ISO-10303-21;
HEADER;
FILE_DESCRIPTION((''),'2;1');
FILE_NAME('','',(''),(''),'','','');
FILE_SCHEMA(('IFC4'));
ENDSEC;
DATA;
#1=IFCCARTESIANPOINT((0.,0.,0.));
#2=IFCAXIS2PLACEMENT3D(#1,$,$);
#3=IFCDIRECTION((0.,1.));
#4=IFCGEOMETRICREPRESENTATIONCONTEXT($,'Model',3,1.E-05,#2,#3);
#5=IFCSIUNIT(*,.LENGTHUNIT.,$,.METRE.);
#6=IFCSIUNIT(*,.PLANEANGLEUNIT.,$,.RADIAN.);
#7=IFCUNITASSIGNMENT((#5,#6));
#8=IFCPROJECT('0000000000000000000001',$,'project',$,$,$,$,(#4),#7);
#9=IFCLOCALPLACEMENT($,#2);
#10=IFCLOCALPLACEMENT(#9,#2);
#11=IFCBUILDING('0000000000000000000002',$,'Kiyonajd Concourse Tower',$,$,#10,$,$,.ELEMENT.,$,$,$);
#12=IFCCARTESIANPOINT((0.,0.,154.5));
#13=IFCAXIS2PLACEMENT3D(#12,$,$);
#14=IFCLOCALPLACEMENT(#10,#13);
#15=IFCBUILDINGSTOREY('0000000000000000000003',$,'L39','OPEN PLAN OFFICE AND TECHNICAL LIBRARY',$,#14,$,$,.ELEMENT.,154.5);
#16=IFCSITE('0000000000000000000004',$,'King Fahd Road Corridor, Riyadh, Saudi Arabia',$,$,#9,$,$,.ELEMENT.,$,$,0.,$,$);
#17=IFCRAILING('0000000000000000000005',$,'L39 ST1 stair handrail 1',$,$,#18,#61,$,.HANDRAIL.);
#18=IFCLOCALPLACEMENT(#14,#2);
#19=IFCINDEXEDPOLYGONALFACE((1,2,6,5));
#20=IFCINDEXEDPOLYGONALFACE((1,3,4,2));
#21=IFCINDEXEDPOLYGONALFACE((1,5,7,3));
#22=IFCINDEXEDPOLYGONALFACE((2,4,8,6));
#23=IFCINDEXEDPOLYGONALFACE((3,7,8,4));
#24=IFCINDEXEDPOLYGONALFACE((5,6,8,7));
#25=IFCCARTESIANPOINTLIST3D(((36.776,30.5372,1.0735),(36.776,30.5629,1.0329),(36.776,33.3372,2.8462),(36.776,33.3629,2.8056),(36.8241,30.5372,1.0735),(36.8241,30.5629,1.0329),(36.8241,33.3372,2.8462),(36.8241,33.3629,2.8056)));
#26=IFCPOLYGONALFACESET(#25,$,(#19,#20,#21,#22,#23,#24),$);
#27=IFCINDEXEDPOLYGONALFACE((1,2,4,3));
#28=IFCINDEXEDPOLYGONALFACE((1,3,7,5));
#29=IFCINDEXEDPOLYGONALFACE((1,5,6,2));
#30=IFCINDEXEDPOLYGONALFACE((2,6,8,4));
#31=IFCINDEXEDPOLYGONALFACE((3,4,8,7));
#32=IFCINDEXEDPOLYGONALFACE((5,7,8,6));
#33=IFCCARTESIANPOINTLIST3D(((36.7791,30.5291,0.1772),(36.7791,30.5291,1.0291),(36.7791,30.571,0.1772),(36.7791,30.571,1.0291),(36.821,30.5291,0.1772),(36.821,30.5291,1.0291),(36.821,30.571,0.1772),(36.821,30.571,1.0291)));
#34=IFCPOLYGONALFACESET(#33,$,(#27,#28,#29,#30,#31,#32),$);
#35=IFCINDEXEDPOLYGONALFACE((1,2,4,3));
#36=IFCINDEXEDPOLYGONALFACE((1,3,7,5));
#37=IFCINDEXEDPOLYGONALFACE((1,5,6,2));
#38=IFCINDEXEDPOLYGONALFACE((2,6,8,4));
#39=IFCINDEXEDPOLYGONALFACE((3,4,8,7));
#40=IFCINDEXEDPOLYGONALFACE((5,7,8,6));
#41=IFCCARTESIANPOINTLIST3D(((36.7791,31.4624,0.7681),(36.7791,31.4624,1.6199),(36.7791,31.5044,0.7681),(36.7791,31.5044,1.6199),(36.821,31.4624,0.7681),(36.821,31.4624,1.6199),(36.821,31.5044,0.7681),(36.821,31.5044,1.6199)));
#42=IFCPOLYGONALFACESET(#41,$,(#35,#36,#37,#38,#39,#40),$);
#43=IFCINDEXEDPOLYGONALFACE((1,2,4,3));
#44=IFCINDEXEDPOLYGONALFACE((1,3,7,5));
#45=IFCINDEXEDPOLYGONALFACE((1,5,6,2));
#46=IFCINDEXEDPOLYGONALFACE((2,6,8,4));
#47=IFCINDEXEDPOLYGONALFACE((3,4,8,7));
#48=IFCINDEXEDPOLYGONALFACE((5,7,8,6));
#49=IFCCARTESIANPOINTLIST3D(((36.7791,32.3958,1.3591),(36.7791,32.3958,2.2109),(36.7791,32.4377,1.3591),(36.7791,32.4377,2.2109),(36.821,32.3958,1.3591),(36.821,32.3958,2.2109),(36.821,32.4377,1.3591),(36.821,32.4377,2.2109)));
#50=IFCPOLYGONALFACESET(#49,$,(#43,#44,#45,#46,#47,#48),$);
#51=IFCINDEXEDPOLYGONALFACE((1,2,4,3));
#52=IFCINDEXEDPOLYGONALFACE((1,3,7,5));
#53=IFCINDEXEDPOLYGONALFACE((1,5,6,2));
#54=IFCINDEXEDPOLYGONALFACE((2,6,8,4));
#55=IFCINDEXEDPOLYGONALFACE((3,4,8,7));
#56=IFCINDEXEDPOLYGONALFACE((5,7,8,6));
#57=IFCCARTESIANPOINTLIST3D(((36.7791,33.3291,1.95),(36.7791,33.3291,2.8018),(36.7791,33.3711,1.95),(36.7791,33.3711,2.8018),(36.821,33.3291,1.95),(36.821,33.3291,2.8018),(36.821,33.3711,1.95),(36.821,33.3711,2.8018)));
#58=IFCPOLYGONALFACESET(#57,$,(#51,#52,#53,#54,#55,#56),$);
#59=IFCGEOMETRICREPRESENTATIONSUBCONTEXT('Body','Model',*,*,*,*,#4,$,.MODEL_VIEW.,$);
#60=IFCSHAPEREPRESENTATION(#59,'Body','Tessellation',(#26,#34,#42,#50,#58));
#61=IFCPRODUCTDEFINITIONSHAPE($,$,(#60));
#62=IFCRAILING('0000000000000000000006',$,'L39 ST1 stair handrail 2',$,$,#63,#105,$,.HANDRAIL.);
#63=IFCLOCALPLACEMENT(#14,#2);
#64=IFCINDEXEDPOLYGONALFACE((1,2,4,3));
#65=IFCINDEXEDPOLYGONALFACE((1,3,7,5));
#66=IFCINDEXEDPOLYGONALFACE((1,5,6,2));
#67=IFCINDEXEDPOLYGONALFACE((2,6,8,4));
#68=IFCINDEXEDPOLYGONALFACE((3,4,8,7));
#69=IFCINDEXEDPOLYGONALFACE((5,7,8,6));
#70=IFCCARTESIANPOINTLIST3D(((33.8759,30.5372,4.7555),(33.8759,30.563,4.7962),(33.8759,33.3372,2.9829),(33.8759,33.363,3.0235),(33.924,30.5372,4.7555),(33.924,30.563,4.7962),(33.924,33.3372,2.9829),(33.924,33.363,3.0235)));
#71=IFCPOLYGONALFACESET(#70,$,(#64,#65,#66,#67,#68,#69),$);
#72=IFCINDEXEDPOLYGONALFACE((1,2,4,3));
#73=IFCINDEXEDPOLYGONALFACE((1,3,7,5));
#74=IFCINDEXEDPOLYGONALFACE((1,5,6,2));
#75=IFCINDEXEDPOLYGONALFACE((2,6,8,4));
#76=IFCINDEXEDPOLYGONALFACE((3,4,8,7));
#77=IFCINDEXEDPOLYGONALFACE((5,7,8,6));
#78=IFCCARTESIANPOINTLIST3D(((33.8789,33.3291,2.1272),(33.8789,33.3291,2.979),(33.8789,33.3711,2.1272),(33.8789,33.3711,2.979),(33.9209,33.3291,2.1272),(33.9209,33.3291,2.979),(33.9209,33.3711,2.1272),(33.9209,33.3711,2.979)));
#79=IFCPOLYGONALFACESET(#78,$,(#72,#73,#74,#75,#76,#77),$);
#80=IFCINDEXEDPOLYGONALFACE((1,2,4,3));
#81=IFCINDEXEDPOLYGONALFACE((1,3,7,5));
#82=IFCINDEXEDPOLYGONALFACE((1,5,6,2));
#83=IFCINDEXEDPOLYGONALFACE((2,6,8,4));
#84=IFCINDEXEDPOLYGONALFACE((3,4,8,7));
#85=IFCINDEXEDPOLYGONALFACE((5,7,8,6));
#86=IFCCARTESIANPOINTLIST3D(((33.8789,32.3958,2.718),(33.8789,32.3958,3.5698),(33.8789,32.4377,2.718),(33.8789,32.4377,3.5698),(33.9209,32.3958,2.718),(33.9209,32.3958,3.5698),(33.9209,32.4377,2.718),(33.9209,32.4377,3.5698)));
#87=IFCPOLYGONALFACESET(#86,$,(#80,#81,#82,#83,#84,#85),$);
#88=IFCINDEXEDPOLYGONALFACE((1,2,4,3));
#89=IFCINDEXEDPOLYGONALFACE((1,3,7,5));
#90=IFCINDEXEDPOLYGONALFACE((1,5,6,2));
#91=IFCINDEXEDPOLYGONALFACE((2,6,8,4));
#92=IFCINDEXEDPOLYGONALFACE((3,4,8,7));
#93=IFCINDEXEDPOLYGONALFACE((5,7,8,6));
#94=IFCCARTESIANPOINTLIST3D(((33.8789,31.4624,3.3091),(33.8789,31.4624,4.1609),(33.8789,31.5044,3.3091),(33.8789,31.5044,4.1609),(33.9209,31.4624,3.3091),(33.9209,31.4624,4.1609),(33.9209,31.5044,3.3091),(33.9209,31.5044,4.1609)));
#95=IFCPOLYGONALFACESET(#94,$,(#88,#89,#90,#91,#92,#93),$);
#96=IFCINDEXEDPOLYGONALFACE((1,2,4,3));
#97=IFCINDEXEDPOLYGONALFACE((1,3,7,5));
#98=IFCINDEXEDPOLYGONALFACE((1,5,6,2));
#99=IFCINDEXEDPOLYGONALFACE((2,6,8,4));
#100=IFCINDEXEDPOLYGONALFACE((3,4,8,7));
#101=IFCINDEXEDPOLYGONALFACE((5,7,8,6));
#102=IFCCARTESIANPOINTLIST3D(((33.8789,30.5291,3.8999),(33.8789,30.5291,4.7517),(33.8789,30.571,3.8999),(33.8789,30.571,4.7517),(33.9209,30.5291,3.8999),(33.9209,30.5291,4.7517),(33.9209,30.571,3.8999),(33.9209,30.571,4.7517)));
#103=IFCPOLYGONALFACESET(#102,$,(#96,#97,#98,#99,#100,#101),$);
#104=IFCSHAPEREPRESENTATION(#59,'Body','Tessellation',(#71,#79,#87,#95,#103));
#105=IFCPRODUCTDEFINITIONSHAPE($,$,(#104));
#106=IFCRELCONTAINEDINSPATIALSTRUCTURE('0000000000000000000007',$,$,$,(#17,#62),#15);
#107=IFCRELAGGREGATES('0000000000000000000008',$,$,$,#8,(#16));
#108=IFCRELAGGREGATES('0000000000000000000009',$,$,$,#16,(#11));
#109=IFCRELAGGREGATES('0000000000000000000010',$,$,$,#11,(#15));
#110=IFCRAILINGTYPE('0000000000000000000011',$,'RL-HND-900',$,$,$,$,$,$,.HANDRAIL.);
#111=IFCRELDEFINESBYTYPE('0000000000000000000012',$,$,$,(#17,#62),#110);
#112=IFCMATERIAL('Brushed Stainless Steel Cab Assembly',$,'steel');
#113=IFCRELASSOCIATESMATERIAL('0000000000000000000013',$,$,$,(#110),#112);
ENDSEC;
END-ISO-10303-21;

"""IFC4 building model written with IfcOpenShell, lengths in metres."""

from ifc_helpers import new_model, si_unit, direction, frame, origin, origin_2d, place, context, subcontext, project, spatial, rectangle, extrude, material, type_object, element, save


model = new_model("IFC4")

# Units and contexts
model_context = context("Model", 3, precision=1e-05, world=origin(), true_north=direction((0.0, 1.0)))
body_context = subcontext(model_context, "Body", "Model", "MODEL_VIEW")
ifc_project = project(units=[si_unit("LENGTHUNIT", "METRE"), si_unit("PLANEANGLEUNIT", "RADIAN")], contexts=[model_context])

# Site, building, storey
site_placement = place(None, origin())
site = spatial("IfcSite", under=ifc_project, at=site_placement, Name="King Fahd Road Corridor, Riyadh, Saudi Arabia", CompositionType="ELEMENT", RefElevation=0.0)
building_placement = place(site_placement, origin())
building = spatial("IfcBuilding", under=site, at=building_placement, Name="Kiyonajd Concourse Tower", CompositionType="ELEMENT")
storey_placement = place(building_placement, frame((0.0, 0.0, 154.5)))
storey = spatial("IfcBuildingStorey", under=building, at=storey_placement, Name="L39", Description="OPEN PLAN OFFICE AND TECHNICAL LIBRARY", CompositionType="ELEMENT", Elevation=154.5)

# Shared definitions
ifc_material_1 = material(Name="Brushed Stainless Steel Cab Assembly", Category="steel")

# Railings
railing_type_1 = type_object("IfcRailingType", Name="RL-HND-900", PredefinedType="HANDRAIL", material=ifc_material_1)
railing_1_placement = place(storey_placement, frame((36.8, 30.55, 0.1772)))
element("IfcRailing", 1, at=railing_1_placement, inside=storey, type_object=railing_type_1, Name="L39 ST1 stair handrail 1", PredefinedType="HANDRAIL", context=body_context, shape_type="SweptSolid", body=[
    extrude(rectangle(XDim=0.0481, YDim=0.0481, at=origin_2d()), frame((0.0, 0.0, 0.876), z_axis=(0.0, 0.844909, 0.53491), x_axis=(-1.0, 0.0, 0.0)), (0.0, 0.0, 1.0), 3.314),
    extrude(rectangle(XDim=0.042, YDim=0.042, at=origin_2d()), origin(), (0.0, 0.0, 1.0), 0.8518),
    extrude(rectangle(XDim=0.042, YDim=0.042, at=origin_2d()), frame((0.0, 0.9333, 0.5908)), (0.0, 0.0, 1.0), 0.8518),
    extrude(rectangle(XDim=0.042, YDim=0.042, at=origin_2d()), frame((0.0, 1.8667, 1.1819)), (0.0, 0.0, 1.0), 0.8518),
    extrude(rectangle(XDim=0.042, YDim=0.042, at=origin_2d()), frame((0.0, 2.8, 1.7727)), (0.0, 0.0, 1.0), 0.8518),
])
railing_2_placement = place(storey_placement, frame((33.8999, 33.3501, 2.1272)))
element("IfcRailing", 2, at=railing_2_placement, inside=storey, type_object=railing_type_1, Name="L39 ST1 stair handrail 2", PredefinedType="HANDRAIL", context=body_context, shape_type="SweptSolid", body=[
    extrude(rectangle(XDim=0.0481, YDim=0.0481, at=origin_2d()), frame((0.0, 0.0, 0.876), z_axis=(0.0, -0.844909, 0.53491), x_axis=(1.0, 0.0, 0.0)), (0.0, 0.0, 1.0), 3.314),
    extrude(rectangle(XDim=0.042, YDim=0.042, at=origin_2d()), origin(), (0.0, 0.0, 1.0), 0.8518),
    extrude(rectangle(XDim=0.042, YDim=0.042, at=origin_2d()), frame((0.0, -0.9333, 0.5908)), (0.0, 0.0, 1.0), 0.8518),
    extrude(rectangle(XDim=0.042, YDim=0.042, at=origin_2d()), frame((0.0, -1.8667, 1.1819)), (0.0, 0.0, 1.0), 0.8518),
    extrude(rectangle(XDim=0.042, YDim=0.042, at=origin_2d()), frame((0.0, -2.8, 1.7727)), (0.0, 0.0, 1.0), 0.8518),
])

save(model, "model.ifc")
